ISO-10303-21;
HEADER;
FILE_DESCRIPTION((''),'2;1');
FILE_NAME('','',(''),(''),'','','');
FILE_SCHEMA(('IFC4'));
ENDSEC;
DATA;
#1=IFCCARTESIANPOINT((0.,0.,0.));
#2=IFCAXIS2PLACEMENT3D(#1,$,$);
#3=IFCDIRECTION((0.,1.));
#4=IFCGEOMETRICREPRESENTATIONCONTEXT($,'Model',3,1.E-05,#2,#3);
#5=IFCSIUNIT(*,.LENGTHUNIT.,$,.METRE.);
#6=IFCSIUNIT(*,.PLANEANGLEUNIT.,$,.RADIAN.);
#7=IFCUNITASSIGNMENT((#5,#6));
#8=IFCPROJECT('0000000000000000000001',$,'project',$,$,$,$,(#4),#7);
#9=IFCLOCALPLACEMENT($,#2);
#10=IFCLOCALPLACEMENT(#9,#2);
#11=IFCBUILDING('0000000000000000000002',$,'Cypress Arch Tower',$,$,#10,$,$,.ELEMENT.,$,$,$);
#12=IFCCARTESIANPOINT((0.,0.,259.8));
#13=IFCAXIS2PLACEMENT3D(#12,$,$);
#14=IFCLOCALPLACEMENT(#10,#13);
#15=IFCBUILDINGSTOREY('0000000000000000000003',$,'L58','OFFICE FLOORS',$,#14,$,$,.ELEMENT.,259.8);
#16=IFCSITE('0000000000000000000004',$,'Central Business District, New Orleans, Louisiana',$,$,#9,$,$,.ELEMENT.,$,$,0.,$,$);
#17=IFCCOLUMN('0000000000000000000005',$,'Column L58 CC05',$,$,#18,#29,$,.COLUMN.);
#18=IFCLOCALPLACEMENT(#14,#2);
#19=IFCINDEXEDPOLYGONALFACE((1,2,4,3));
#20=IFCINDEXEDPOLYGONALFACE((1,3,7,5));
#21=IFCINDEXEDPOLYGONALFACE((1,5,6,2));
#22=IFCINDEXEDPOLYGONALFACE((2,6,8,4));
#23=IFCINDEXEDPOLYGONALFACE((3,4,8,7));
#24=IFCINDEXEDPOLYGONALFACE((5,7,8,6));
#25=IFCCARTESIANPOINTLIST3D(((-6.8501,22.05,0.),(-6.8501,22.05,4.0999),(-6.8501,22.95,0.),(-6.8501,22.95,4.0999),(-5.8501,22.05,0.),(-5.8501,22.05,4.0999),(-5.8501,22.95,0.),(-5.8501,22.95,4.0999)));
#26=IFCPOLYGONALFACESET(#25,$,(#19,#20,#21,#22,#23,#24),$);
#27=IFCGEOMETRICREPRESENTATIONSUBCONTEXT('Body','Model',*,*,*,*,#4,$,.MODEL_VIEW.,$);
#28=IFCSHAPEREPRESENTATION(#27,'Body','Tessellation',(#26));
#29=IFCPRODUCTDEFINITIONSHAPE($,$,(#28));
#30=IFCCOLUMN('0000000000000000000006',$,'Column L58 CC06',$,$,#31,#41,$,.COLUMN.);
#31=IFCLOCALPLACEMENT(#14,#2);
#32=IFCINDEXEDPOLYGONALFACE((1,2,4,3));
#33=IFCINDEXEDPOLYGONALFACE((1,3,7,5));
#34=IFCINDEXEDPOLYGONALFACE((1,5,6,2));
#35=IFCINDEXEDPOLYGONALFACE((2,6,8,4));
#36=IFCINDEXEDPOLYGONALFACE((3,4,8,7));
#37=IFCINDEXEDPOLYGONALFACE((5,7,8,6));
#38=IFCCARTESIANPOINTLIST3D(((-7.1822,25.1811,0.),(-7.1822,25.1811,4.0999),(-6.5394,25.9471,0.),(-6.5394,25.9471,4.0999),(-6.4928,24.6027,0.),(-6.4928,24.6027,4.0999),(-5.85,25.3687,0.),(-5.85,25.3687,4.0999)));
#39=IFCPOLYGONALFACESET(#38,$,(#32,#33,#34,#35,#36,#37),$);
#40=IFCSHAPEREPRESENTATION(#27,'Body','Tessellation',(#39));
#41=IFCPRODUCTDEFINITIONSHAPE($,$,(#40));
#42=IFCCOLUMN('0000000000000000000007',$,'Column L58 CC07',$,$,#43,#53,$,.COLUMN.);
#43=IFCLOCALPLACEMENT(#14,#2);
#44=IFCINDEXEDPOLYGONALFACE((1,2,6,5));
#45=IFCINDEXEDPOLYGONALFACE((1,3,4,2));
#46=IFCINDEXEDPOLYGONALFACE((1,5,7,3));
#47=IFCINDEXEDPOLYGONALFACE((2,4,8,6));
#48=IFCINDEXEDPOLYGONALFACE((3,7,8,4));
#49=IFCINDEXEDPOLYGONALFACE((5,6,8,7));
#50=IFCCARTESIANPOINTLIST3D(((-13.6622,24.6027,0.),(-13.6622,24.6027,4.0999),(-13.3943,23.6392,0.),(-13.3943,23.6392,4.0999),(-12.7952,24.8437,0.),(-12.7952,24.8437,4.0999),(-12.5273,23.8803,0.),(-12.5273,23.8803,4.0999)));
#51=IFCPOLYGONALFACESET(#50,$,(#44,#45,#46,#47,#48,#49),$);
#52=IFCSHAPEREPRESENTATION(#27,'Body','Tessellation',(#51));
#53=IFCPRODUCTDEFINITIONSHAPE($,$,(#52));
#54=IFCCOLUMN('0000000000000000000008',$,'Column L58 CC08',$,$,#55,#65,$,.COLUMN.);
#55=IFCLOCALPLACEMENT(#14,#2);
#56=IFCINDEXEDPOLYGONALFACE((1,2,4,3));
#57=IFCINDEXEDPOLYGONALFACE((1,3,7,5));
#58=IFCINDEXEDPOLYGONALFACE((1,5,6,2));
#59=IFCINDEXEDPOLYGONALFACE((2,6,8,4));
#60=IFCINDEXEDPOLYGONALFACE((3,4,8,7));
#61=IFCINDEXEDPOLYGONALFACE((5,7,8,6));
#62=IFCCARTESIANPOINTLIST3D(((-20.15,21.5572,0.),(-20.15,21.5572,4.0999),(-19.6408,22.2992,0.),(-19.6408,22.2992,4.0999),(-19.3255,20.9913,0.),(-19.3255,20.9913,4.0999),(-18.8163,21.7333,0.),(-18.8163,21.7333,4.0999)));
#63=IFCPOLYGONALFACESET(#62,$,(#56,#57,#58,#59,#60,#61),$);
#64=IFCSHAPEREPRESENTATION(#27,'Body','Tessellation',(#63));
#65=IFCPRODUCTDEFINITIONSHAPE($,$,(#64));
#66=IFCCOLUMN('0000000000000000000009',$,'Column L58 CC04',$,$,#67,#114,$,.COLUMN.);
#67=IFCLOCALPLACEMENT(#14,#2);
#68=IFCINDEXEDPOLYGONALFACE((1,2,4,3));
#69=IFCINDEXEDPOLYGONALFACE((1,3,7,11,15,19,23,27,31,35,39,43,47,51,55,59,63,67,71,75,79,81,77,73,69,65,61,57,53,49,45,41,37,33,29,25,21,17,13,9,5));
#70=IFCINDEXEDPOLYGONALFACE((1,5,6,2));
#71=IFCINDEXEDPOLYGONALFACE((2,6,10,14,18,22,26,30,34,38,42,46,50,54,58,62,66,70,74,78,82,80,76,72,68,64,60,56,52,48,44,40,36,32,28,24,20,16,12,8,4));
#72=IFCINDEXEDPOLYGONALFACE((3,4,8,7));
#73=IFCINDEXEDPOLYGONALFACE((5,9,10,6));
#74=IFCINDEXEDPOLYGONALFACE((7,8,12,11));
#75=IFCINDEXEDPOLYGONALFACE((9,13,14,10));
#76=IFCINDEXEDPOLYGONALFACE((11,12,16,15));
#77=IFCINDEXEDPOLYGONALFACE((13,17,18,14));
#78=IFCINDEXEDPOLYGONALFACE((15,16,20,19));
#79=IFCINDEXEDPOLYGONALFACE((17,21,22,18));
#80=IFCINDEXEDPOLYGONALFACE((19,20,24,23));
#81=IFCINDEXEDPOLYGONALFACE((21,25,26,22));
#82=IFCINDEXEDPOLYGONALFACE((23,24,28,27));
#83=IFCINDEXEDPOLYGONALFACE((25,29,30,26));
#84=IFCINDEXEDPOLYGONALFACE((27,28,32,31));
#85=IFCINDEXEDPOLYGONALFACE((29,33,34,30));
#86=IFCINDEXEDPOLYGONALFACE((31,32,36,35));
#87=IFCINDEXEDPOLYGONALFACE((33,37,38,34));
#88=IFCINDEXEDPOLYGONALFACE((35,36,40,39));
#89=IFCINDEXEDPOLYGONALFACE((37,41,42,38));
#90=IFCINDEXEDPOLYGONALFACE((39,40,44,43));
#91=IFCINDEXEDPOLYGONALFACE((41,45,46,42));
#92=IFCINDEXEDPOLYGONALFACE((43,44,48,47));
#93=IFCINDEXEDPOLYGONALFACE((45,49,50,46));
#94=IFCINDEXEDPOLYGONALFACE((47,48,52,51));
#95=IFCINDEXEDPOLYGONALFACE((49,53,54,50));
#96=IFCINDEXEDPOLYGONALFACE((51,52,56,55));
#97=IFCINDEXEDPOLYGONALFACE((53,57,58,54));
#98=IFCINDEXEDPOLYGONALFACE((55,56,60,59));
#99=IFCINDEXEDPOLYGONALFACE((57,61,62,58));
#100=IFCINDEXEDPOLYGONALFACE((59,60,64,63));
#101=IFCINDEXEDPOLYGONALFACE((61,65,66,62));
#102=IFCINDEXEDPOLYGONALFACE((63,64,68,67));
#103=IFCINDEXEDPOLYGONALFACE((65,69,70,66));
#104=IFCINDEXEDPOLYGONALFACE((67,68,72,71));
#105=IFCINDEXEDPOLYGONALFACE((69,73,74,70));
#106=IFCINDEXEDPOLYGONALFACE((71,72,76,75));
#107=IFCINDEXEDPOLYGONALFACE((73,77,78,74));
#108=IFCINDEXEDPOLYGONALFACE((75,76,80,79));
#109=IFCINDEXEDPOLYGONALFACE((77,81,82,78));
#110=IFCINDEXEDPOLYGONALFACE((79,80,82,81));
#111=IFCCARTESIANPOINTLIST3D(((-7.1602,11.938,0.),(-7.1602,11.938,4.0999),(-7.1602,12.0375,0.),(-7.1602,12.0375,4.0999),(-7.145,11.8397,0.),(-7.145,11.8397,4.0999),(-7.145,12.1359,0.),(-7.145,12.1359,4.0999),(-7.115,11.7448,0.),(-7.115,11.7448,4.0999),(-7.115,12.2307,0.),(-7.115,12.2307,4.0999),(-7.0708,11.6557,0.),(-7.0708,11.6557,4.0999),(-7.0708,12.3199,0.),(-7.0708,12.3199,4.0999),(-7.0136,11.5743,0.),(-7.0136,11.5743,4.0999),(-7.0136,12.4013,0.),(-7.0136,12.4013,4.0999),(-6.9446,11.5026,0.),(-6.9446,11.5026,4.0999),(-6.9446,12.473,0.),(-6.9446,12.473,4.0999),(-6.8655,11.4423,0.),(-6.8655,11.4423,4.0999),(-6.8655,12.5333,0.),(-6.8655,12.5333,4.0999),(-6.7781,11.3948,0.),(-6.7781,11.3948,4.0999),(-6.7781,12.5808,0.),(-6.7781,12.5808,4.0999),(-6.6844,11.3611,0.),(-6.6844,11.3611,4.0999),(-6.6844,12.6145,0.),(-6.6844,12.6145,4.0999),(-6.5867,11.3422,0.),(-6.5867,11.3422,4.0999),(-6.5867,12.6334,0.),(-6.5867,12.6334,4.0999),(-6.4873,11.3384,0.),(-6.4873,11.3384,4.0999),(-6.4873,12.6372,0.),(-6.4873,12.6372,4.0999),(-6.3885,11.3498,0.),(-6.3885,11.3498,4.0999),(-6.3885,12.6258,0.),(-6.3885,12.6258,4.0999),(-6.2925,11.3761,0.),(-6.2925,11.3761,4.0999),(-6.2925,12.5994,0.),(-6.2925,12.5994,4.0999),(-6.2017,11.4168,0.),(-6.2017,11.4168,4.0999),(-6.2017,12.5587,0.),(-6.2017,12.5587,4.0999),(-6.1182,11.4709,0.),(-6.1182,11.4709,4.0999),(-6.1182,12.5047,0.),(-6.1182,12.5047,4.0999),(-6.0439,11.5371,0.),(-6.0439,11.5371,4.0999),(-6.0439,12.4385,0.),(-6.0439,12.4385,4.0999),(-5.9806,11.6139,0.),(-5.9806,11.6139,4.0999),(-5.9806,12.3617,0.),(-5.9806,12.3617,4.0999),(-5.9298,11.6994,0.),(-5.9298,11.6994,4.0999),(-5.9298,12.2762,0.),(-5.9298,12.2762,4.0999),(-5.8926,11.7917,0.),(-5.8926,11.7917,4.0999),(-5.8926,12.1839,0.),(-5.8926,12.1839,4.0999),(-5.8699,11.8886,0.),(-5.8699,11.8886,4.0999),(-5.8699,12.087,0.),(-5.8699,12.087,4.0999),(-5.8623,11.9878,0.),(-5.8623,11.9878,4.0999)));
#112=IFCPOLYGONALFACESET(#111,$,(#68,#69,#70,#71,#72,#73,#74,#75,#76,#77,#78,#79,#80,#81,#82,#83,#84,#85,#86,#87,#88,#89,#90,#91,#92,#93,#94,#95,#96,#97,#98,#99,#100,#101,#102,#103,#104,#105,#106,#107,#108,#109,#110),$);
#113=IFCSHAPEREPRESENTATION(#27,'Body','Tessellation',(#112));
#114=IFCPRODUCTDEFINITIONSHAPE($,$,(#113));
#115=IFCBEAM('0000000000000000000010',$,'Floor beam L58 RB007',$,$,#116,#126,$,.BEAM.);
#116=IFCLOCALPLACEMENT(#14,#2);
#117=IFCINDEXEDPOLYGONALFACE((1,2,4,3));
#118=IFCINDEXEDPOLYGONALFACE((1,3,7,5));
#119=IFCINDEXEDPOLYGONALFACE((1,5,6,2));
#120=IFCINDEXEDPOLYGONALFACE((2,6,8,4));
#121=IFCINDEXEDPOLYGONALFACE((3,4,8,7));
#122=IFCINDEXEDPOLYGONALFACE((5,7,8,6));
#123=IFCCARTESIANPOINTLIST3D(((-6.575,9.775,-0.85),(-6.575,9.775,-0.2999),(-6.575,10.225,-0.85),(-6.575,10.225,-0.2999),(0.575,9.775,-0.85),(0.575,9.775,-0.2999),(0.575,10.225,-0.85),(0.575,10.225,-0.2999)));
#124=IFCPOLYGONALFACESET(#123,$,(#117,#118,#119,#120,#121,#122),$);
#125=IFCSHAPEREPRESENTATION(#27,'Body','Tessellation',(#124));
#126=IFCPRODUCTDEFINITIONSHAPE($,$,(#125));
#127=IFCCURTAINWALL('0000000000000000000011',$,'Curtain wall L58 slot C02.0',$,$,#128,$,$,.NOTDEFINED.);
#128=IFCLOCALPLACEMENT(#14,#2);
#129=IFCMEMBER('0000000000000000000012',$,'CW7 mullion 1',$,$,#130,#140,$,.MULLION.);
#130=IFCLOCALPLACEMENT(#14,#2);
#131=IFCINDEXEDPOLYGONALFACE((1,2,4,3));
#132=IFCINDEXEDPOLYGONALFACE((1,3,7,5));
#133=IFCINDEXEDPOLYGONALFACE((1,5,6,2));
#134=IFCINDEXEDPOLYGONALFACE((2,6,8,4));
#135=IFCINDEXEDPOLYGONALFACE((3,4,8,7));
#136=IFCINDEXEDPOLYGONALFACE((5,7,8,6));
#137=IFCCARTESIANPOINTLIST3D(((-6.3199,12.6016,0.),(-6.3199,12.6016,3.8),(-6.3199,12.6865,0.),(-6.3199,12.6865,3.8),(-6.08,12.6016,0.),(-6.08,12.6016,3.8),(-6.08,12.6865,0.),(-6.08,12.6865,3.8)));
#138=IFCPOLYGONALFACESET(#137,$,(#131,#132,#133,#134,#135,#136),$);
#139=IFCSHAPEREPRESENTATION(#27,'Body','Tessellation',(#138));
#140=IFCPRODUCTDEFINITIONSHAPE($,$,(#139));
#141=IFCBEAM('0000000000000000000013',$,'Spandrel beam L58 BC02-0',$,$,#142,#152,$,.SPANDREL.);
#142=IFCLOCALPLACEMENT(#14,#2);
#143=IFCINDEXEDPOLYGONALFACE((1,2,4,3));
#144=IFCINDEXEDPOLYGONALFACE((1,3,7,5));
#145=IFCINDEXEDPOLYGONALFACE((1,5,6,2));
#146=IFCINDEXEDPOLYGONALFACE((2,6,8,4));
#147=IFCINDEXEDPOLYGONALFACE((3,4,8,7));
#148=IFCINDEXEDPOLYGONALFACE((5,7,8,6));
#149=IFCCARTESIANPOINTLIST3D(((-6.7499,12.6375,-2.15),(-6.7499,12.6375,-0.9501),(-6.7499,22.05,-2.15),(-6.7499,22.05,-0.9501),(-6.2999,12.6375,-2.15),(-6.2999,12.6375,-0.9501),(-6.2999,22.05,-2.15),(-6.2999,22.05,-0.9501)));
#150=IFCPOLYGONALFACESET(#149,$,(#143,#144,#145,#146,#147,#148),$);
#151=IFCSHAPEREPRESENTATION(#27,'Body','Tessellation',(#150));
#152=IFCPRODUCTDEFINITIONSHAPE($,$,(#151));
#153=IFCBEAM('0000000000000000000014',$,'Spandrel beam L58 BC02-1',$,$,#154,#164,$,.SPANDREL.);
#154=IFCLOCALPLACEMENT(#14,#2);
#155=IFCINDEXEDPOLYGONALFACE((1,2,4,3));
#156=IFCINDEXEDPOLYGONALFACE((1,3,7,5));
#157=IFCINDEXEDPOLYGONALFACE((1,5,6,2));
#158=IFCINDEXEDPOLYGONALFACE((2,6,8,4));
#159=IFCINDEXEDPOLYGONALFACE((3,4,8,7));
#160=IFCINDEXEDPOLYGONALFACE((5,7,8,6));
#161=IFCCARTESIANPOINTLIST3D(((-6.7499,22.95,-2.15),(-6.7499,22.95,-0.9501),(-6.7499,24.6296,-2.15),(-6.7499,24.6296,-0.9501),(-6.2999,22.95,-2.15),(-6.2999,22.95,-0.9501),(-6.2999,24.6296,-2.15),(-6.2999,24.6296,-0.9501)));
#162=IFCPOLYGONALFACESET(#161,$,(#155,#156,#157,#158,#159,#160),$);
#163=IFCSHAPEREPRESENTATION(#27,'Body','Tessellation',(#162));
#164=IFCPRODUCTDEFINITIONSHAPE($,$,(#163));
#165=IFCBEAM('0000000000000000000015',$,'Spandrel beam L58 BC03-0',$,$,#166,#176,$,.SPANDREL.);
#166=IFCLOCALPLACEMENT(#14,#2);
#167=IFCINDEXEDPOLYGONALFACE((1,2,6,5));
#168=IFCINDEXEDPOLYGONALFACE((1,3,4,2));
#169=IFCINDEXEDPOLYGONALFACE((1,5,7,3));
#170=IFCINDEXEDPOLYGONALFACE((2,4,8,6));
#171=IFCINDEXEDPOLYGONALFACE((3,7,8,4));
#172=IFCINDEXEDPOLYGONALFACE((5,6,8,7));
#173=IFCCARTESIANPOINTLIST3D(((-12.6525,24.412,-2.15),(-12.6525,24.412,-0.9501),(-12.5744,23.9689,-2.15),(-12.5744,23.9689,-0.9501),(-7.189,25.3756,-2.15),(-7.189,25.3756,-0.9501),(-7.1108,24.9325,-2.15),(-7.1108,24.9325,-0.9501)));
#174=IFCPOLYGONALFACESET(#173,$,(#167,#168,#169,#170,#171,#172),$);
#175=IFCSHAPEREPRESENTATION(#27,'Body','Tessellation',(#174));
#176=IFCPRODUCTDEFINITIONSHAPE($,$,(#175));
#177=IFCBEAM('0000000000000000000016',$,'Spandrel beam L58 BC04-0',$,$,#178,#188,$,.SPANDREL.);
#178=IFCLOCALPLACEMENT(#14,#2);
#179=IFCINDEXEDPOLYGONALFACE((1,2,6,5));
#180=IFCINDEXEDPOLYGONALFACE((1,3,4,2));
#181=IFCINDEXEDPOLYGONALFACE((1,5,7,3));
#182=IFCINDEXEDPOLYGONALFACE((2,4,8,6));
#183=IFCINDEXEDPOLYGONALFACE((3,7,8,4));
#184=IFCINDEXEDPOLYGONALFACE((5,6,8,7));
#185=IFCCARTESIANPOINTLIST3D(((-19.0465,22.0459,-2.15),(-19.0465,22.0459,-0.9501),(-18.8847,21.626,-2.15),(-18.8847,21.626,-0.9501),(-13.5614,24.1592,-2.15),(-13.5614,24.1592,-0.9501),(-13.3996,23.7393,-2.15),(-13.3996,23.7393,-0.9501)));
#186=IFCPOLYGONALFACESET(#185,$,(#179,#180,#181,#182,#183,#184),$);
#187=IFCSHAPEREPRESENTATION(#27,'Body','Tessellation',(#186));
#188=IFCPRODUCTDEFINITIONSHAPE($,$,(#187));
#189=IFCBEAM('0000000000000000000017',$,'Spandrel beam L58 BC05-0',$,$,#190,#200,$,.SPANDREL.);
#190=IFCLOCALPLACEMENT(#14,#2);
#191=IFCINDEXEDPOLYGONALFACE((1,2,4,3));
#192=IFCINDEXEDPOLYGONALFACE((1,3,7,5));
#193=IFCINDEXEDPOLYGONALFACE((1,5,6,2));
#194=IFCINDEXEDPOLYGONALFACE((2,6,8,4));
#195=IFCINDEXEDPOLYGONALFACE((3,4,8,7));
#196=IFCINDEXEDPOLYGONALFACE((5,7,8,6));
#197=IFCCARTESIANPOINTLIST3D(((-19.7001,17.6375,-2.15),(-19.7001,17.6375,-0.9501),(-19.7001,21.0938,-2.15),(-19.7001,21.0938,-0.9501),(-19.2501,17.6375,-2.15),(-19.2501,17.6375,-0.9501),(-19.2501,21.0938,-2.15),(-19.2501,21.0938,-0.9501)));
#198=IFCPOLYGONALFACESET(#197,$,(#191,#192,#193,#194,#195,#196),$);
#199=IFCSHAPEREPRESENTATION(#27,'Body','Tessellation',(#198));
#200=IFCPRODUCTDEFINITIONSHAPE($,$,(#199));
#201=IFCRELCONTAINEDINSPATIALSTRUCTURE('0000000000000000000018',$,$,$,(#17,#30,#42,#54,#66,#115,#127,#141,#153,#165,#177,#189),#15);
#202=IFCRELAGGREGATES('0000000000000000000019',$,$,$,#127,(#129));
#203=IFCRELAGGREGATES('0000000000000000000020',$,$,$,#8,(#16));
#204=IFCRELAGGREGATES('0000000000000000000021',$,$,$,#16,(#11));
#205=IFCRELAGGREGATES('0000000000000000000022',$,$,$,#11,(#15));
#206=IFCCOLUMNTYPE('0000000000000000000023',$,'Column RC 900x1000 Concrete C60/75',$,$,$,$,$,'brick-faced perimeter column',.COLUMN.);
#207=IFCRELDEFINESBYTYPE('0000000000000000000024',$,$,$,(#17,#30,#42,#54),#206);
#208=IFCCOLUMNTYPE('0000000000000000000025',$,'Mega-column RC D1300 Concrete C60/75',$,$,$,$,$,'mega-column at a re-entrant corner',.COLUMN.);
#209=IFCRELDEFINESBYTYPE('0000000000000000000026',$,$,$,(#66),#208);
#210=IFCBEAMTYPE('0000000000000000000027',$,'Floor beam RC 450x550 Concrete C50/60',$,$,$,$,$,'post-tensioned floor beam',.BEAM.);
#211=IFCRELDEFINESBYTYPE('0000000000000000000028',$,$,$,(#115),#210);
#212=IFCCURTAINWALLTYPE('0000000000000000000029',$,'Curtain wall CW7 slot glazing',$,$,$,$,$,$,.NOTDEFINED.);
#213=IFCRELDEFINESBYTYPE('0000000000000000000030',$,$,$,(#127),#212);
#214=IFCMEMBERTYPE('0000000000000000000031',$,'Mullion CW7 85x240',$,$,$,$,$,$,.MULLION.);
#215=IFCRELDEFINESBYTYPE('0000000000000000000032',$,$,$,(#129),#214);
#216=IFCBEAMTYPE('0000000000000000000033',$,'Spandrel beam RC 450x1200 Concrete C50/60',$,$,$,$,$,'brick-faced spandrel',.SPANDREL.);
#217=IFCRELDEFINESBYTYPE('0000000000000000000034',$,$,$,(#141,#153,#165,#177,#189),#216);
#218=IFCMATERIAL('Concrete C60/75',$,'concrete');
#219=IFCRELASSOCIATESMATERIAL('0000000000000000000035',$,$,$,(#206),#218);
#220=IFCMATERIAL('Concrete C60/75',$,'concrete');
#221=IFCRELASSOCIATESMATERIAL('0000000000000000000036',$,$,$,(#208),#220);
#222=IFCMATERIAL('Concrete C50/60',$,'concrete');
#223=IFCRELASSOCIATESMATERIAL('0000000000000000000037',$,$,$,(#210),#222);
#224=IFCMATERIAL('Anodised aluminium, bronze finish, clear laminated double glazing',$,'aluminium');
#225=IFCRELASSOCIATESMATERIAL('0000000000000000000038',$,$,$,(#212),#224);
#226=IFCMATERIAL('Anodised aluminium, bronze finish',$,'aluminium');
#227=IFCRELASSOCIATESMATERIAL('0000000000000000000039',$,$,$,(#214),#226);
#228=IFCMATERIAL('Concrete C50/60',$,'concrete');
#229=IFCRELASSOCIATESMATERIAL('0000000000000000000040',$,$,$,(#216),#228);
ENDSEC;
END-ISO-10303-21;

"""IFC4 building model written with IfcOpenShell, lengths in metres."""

from ifc_helpers import new_model, si_unit, direction, frame, origin, origin_2d, place, context, subcontext, project, spatial, rectangle, circle, extrude, material, material_profile, profile_set, type_object, element, aggregate, save


model = new_model("IFC4")

# Units and contexts
model_context = context("Model", 3, precision=1e-05, world=origin(), true_north=direction((0.0, 1.0)))
body_context = subcontext(model_context, "Body", "Model", "MODEL_VIEW")
ifc_project = project(units=[si_unit("LENGTHUNIT", "METRE"), si_unit("PLANEANGLEUNIT", "RADIAN")], contexts=[model_context])

# Site, building, storey
site_placement = place(None, origin())
site = spatial("IfcSite", under=ifc_project, at=site_placement, Name="Central Business District, New Orleans, Louisiana", CompositionType="ELEMENT", RefElevation=0.0)
building_placement = place(site_placement, origin())
building = spatial("IfcBuilding", under=site, at=building_placement, Name="Cypress Arch Tower", CompositionType="ELEMENT")
storey_placement = place(building_placement, frame((0.0, 0.0, 259.8)))
storey = spatial("IfcBuildingStorey", under=building, at=storey_placement, Name="L58", Description="OFFICE FLOORS", CompositionType="ELEMENT", Elevation=259.8)

# Columns
ifc_material_1 = material(Name="Concrete C60/75", Category="concrete")
ifc_material_profile_1 = material_profile(ifc_material_1, rectangle(XDim=0.8999, YDim=1.0, at=origin_2d()), Name="RC 900x1000")
ifc_profile_set_1 = profile_set([ifc_material_profile_1], Name="Concrete C60/75")
column_type_1 = type_object("IfcColumnType", Name="Column RC 900x1000 Concrete C60/75", ElementType="brick-faced perimeter column", PredefinedType="COLUMN", material=ifc_profile_set_1)
for number, where, z_axis, x_axis, name in (
    (1, (-6.3501, 22.5, 0.0), (0.0, 0.0, 1.0), (0.0, 1.0, 0.0), "Column L58 CC05"),
    (2, (-6.5161, 25.2749, 0.0), (0.0, 0.0, 1.0), (-0.766064, 0.642765, 0.0), "Column L58 CC06"),
    (3, (-13.0947, 24.2415, 0.0), (0.0, 0.0, 1.0), (-0.963456, -0.267868, 0.0), "Column L58 CC07"),
    (4, (-19.4832, 21.6453, 0.0), (0.0, 0.0, 1.0), (-0.565893, -0.824479, 0.0), "Column L58 CC08"),
):
    element("IfcColumn", number, at=place(storey_placement, frame(where, z_axis=z_axis, x_axis=x_axis)), inside=storey, type_object=column_type_1, Name=name, PredefinedType="COLUMN", context=body_context, shape_type="SweptSolid", body=[
        extrude(rectangle(XDim=0.8999, YDim=1.0, at=origin_2d()), origin(), (0.0, 0.0, 1.0), 4.0999),
    ])
ifc_material_2 = material(Name="Concrete C60/75", Category="concrete")
ifc_material_profile_2 = material_profile(ifc_material_2, circle(Radius=0.6499, at=origin_2d()), Name="RC D1300")
ifc_profile_set_2 = profile_set([ifc_material_profile_2], Name="Concrete C60/75")
column_type_2 = type_object("IfcColumnType", Name="Mega-column RC D1300 Concrete C60/75", ElementType="mega-column at a re-entrant corner", PredefinedType="COLUMN", material=ifc_profile_set_2)
column_placement = place(storey_placement, frame((-6.5122, 11.9878, 0.0), z_axis=(0.0, 0.0, 1.0), x_axis=(1.0, 0.0, 0.0)))
element("IfcColumn", 5, at=column_placement, inside=storey, type_object=column_type_2, Name="Column L58 CC04", PredefinedType="COLUMN", context=body_context, shape_type="SweptSolid", body=[
    extrude(circle(Radius=0.6499, at=origin_2d()), origin(), (0.0, 0.0, 1.0), 4.0999),
])

# Beam
ifc_material_3 = material(Name="Concrete C50/60", Category="concrete")
ifc_material_profile_3 = material_profile(ifc_material_3, rectangle(XDim=0.45, YDim=0.55, at=origin_2d()), Name="RC 450x550")
ifc_profile_set_3 = profile_set([ifc_material_profile_3], Name="Concrete C50/60")
beam_type_1 = type_object("IfcBeamType", Name="Floor beam RC 450x550 Concrete C50/60", ElementType="post-tensioned floor beam", PredefinedType="BEAM", material=ifc_profile_set_3)
beam_1_placement = place(storey_placement, frame((-6.575, 10.0, -0.575), z_axis=(1.0, 0.0, 0.0), x_axis=(0.0, 1.0, 0.0)))
element("IfcBeam", 6, at=beam_1_placement, inside=storey, type_object=beam_type_1, Name="Floor beam L58 RB007", PredefinedType="BEAM", context=body_context, shape_type="SweptSolid", body=[
    extrude(rectangle(XDim=0.45, YDim=0.55, at=origin_2d()), origin(), (0.0, 0.0, 1.0), 7.1499),
])

# Curtain wall, member
ifc_material_4 = material(Name="Anodised aluminium, bronze finish, clear laminated double glazing", Category="aluminium")
curtain_wall_type = type_object("IfcCurtainWallType", Name="Curtain wall CW7 slot glazing", PredefinedType="NOTDEFINED", material=ifc_material_4)
curtain_wall_placement = place(storey_placement, origin())
curtain_wall = element("IfcCurtainWall", 7, at=curtain_wall_placement, inside=storey, type_object=curtain_wall_type, Name="Curtain wall L58 slot C02.0", PredefinedType="NOTDEFINED")
ifc_material_5 = material(Name="Anodised aluminium, bronze finish", Category="aluminium")
ifc_material_profile_4 = material_profile(ifc_material_5, rectangle(XDim=0.24, YDim=0.085, at=origin_2d()), Name="Mullion 85x240")
ifc_profile_set_4 = profile_set([ifc_material_profile_4], Name="Anodised aluminium, bronze finish")
member_type = type_object("IfcMemberType", Name="Mullion CW7 85x240", PredefinedType="MULLION", material=ifc_profile_set_4)
member_placement = place(storey_placement, frame((-6.2, 12.644, 0.0), z_axis=(0.0, 0.0, 1.0), x_axis=(-1.0, 0.0, 0.0)))
member = element("IfcMember", 8, at=member_placement, type_object=member_type, Name="CW7 mullion 1", PredefinedType="MULLION", context=body_context, shape_type="SweptSolid", body=[
    extrude(rectangle(XDim=0.24, YDim=0.085, at=origin_2d()), origin(), (0.0, 0.0, 1.0), 3.8),
])
aggregate(curtain_wall, [member])

# Beams
ifc_material_6 = material(Name="Concrete C50/60", Category="concrete")
ifc_material_profile_5 = material_profile(ifc_material_6, rectangle(XDim=0.45, YDim=1.2, at=origin_2d()), Name="RC 450x1200")
ifc_profile_set_5 = profile_set([ifc_material_profile_5], Name="Concrete C50/60")
beam_type_2 = type_object("IfcBeamType", Name="Spandrel beam RC 450x1200 Concrete C50/60", ElementType="brick-faced spandrel", PredefinedType="SPANDREL", material=ifc_profile_set_5)
beam_2_placement = place(storey_placement, frame((-6.5249, 12.6375, -1.55), z_axis=(0.0, 1.0, 0.0), x_axis=(-1.0, 0.0, 0.0)))
element("IfcBeam", 9, at=beam_2_placement, inside=storey, type_object=beam_type_2, Name="Spandrel beam L58 BC02-0", PredefinedType="SPANDREL", context=body_context, shape_type="SweptSolid", body=[
    extrude(rectangle(XDim=0.45, YDim=1.2, at=origin_2d()), origin(), (0.0, 0.0, 1.0), 9.4126),
])
beam_3_placement = place(storey_placement, frame((-6.5249, 22.95, -1.55), z_axis=(0.0, 1.0, 0.0), x_axis=(-1.0, 0.0, 0.0)))
element("IfcBeam", 10, at=beam_3_placement, inside=storey, type_object=beam_type_2, Name="Spandrel beam L58 BC02-1", PredefinedType="SPANDREL", context=body_context, shape_type="SweptSolid", body=[
    extrude(rectangle(XDim=0.45, YDim=1.2, at=origin_2d()), origin(), (0.0, 0.0, 1.0), 1.6797),
])
beam_4_placement = place(storey_placement, frame((-7.1499, 25.1541, -1.55), z_axis=(-0.9848, -0.17369, 0.0), x_axis=(0.17369, -0.9848, 0.0)))
element("IfcBeam", 11, at=beam_4_placement, inside=storey, type_object=beam_type_2, Name="Spandrel beam L58 BC03-0", PredefinedType="SPANDREL", context=body_context, shape_type="SweptSolid", body=[
    extrude(rectangle(XDim=0.45, YDim=1.2, at=origin_2d()), origin(), (0.0, 0.0, 1.0), 5.5479),
])
beam_5_placement = place(storey_placement, frame((-13.4805, 23.9492, -1.55), z_axis=(-0.933139, -0.359516, 0.0), x_axis=(0.359516, -0.933139, 0.0)))
element("IfcBeam", 12, at=beam_5_placement, inside=storey, type_object=beam_type_2, Name="Spandrel beam L58 BC04-0", PredefinedType="SPANDREL", context=body_context, shape_type="SweptSolid", body=[
    extrude(rectangle(XDim=0.45, YDim=1.2, at=origin_2d()), origin(), (0.0, 0.0, 1.0), 5.8782),
])
beam_6_placement = place(storey_placement, frame((-19.4751, 21.0938, -1.55), z_axis=(0.0, -1.0, 0.0), x_axis=(1.0, 0.0, 0.0)))
element("IfcBeam", 13, at=beam_6_placement, inside=storey, type_object=beam_type_2, Name="Spandrel beam L58 BC05-0", PredefinedType="SPANDREL", context=body_context, shape_type="SweptSolid", body=[
    extrude(rectangle(XDim=0.45, YDim=1.2, at=origin_2d()), origin(), (0.0, 0.0, 1.0), 3.4563),
])

save(model, "model.ifc")
